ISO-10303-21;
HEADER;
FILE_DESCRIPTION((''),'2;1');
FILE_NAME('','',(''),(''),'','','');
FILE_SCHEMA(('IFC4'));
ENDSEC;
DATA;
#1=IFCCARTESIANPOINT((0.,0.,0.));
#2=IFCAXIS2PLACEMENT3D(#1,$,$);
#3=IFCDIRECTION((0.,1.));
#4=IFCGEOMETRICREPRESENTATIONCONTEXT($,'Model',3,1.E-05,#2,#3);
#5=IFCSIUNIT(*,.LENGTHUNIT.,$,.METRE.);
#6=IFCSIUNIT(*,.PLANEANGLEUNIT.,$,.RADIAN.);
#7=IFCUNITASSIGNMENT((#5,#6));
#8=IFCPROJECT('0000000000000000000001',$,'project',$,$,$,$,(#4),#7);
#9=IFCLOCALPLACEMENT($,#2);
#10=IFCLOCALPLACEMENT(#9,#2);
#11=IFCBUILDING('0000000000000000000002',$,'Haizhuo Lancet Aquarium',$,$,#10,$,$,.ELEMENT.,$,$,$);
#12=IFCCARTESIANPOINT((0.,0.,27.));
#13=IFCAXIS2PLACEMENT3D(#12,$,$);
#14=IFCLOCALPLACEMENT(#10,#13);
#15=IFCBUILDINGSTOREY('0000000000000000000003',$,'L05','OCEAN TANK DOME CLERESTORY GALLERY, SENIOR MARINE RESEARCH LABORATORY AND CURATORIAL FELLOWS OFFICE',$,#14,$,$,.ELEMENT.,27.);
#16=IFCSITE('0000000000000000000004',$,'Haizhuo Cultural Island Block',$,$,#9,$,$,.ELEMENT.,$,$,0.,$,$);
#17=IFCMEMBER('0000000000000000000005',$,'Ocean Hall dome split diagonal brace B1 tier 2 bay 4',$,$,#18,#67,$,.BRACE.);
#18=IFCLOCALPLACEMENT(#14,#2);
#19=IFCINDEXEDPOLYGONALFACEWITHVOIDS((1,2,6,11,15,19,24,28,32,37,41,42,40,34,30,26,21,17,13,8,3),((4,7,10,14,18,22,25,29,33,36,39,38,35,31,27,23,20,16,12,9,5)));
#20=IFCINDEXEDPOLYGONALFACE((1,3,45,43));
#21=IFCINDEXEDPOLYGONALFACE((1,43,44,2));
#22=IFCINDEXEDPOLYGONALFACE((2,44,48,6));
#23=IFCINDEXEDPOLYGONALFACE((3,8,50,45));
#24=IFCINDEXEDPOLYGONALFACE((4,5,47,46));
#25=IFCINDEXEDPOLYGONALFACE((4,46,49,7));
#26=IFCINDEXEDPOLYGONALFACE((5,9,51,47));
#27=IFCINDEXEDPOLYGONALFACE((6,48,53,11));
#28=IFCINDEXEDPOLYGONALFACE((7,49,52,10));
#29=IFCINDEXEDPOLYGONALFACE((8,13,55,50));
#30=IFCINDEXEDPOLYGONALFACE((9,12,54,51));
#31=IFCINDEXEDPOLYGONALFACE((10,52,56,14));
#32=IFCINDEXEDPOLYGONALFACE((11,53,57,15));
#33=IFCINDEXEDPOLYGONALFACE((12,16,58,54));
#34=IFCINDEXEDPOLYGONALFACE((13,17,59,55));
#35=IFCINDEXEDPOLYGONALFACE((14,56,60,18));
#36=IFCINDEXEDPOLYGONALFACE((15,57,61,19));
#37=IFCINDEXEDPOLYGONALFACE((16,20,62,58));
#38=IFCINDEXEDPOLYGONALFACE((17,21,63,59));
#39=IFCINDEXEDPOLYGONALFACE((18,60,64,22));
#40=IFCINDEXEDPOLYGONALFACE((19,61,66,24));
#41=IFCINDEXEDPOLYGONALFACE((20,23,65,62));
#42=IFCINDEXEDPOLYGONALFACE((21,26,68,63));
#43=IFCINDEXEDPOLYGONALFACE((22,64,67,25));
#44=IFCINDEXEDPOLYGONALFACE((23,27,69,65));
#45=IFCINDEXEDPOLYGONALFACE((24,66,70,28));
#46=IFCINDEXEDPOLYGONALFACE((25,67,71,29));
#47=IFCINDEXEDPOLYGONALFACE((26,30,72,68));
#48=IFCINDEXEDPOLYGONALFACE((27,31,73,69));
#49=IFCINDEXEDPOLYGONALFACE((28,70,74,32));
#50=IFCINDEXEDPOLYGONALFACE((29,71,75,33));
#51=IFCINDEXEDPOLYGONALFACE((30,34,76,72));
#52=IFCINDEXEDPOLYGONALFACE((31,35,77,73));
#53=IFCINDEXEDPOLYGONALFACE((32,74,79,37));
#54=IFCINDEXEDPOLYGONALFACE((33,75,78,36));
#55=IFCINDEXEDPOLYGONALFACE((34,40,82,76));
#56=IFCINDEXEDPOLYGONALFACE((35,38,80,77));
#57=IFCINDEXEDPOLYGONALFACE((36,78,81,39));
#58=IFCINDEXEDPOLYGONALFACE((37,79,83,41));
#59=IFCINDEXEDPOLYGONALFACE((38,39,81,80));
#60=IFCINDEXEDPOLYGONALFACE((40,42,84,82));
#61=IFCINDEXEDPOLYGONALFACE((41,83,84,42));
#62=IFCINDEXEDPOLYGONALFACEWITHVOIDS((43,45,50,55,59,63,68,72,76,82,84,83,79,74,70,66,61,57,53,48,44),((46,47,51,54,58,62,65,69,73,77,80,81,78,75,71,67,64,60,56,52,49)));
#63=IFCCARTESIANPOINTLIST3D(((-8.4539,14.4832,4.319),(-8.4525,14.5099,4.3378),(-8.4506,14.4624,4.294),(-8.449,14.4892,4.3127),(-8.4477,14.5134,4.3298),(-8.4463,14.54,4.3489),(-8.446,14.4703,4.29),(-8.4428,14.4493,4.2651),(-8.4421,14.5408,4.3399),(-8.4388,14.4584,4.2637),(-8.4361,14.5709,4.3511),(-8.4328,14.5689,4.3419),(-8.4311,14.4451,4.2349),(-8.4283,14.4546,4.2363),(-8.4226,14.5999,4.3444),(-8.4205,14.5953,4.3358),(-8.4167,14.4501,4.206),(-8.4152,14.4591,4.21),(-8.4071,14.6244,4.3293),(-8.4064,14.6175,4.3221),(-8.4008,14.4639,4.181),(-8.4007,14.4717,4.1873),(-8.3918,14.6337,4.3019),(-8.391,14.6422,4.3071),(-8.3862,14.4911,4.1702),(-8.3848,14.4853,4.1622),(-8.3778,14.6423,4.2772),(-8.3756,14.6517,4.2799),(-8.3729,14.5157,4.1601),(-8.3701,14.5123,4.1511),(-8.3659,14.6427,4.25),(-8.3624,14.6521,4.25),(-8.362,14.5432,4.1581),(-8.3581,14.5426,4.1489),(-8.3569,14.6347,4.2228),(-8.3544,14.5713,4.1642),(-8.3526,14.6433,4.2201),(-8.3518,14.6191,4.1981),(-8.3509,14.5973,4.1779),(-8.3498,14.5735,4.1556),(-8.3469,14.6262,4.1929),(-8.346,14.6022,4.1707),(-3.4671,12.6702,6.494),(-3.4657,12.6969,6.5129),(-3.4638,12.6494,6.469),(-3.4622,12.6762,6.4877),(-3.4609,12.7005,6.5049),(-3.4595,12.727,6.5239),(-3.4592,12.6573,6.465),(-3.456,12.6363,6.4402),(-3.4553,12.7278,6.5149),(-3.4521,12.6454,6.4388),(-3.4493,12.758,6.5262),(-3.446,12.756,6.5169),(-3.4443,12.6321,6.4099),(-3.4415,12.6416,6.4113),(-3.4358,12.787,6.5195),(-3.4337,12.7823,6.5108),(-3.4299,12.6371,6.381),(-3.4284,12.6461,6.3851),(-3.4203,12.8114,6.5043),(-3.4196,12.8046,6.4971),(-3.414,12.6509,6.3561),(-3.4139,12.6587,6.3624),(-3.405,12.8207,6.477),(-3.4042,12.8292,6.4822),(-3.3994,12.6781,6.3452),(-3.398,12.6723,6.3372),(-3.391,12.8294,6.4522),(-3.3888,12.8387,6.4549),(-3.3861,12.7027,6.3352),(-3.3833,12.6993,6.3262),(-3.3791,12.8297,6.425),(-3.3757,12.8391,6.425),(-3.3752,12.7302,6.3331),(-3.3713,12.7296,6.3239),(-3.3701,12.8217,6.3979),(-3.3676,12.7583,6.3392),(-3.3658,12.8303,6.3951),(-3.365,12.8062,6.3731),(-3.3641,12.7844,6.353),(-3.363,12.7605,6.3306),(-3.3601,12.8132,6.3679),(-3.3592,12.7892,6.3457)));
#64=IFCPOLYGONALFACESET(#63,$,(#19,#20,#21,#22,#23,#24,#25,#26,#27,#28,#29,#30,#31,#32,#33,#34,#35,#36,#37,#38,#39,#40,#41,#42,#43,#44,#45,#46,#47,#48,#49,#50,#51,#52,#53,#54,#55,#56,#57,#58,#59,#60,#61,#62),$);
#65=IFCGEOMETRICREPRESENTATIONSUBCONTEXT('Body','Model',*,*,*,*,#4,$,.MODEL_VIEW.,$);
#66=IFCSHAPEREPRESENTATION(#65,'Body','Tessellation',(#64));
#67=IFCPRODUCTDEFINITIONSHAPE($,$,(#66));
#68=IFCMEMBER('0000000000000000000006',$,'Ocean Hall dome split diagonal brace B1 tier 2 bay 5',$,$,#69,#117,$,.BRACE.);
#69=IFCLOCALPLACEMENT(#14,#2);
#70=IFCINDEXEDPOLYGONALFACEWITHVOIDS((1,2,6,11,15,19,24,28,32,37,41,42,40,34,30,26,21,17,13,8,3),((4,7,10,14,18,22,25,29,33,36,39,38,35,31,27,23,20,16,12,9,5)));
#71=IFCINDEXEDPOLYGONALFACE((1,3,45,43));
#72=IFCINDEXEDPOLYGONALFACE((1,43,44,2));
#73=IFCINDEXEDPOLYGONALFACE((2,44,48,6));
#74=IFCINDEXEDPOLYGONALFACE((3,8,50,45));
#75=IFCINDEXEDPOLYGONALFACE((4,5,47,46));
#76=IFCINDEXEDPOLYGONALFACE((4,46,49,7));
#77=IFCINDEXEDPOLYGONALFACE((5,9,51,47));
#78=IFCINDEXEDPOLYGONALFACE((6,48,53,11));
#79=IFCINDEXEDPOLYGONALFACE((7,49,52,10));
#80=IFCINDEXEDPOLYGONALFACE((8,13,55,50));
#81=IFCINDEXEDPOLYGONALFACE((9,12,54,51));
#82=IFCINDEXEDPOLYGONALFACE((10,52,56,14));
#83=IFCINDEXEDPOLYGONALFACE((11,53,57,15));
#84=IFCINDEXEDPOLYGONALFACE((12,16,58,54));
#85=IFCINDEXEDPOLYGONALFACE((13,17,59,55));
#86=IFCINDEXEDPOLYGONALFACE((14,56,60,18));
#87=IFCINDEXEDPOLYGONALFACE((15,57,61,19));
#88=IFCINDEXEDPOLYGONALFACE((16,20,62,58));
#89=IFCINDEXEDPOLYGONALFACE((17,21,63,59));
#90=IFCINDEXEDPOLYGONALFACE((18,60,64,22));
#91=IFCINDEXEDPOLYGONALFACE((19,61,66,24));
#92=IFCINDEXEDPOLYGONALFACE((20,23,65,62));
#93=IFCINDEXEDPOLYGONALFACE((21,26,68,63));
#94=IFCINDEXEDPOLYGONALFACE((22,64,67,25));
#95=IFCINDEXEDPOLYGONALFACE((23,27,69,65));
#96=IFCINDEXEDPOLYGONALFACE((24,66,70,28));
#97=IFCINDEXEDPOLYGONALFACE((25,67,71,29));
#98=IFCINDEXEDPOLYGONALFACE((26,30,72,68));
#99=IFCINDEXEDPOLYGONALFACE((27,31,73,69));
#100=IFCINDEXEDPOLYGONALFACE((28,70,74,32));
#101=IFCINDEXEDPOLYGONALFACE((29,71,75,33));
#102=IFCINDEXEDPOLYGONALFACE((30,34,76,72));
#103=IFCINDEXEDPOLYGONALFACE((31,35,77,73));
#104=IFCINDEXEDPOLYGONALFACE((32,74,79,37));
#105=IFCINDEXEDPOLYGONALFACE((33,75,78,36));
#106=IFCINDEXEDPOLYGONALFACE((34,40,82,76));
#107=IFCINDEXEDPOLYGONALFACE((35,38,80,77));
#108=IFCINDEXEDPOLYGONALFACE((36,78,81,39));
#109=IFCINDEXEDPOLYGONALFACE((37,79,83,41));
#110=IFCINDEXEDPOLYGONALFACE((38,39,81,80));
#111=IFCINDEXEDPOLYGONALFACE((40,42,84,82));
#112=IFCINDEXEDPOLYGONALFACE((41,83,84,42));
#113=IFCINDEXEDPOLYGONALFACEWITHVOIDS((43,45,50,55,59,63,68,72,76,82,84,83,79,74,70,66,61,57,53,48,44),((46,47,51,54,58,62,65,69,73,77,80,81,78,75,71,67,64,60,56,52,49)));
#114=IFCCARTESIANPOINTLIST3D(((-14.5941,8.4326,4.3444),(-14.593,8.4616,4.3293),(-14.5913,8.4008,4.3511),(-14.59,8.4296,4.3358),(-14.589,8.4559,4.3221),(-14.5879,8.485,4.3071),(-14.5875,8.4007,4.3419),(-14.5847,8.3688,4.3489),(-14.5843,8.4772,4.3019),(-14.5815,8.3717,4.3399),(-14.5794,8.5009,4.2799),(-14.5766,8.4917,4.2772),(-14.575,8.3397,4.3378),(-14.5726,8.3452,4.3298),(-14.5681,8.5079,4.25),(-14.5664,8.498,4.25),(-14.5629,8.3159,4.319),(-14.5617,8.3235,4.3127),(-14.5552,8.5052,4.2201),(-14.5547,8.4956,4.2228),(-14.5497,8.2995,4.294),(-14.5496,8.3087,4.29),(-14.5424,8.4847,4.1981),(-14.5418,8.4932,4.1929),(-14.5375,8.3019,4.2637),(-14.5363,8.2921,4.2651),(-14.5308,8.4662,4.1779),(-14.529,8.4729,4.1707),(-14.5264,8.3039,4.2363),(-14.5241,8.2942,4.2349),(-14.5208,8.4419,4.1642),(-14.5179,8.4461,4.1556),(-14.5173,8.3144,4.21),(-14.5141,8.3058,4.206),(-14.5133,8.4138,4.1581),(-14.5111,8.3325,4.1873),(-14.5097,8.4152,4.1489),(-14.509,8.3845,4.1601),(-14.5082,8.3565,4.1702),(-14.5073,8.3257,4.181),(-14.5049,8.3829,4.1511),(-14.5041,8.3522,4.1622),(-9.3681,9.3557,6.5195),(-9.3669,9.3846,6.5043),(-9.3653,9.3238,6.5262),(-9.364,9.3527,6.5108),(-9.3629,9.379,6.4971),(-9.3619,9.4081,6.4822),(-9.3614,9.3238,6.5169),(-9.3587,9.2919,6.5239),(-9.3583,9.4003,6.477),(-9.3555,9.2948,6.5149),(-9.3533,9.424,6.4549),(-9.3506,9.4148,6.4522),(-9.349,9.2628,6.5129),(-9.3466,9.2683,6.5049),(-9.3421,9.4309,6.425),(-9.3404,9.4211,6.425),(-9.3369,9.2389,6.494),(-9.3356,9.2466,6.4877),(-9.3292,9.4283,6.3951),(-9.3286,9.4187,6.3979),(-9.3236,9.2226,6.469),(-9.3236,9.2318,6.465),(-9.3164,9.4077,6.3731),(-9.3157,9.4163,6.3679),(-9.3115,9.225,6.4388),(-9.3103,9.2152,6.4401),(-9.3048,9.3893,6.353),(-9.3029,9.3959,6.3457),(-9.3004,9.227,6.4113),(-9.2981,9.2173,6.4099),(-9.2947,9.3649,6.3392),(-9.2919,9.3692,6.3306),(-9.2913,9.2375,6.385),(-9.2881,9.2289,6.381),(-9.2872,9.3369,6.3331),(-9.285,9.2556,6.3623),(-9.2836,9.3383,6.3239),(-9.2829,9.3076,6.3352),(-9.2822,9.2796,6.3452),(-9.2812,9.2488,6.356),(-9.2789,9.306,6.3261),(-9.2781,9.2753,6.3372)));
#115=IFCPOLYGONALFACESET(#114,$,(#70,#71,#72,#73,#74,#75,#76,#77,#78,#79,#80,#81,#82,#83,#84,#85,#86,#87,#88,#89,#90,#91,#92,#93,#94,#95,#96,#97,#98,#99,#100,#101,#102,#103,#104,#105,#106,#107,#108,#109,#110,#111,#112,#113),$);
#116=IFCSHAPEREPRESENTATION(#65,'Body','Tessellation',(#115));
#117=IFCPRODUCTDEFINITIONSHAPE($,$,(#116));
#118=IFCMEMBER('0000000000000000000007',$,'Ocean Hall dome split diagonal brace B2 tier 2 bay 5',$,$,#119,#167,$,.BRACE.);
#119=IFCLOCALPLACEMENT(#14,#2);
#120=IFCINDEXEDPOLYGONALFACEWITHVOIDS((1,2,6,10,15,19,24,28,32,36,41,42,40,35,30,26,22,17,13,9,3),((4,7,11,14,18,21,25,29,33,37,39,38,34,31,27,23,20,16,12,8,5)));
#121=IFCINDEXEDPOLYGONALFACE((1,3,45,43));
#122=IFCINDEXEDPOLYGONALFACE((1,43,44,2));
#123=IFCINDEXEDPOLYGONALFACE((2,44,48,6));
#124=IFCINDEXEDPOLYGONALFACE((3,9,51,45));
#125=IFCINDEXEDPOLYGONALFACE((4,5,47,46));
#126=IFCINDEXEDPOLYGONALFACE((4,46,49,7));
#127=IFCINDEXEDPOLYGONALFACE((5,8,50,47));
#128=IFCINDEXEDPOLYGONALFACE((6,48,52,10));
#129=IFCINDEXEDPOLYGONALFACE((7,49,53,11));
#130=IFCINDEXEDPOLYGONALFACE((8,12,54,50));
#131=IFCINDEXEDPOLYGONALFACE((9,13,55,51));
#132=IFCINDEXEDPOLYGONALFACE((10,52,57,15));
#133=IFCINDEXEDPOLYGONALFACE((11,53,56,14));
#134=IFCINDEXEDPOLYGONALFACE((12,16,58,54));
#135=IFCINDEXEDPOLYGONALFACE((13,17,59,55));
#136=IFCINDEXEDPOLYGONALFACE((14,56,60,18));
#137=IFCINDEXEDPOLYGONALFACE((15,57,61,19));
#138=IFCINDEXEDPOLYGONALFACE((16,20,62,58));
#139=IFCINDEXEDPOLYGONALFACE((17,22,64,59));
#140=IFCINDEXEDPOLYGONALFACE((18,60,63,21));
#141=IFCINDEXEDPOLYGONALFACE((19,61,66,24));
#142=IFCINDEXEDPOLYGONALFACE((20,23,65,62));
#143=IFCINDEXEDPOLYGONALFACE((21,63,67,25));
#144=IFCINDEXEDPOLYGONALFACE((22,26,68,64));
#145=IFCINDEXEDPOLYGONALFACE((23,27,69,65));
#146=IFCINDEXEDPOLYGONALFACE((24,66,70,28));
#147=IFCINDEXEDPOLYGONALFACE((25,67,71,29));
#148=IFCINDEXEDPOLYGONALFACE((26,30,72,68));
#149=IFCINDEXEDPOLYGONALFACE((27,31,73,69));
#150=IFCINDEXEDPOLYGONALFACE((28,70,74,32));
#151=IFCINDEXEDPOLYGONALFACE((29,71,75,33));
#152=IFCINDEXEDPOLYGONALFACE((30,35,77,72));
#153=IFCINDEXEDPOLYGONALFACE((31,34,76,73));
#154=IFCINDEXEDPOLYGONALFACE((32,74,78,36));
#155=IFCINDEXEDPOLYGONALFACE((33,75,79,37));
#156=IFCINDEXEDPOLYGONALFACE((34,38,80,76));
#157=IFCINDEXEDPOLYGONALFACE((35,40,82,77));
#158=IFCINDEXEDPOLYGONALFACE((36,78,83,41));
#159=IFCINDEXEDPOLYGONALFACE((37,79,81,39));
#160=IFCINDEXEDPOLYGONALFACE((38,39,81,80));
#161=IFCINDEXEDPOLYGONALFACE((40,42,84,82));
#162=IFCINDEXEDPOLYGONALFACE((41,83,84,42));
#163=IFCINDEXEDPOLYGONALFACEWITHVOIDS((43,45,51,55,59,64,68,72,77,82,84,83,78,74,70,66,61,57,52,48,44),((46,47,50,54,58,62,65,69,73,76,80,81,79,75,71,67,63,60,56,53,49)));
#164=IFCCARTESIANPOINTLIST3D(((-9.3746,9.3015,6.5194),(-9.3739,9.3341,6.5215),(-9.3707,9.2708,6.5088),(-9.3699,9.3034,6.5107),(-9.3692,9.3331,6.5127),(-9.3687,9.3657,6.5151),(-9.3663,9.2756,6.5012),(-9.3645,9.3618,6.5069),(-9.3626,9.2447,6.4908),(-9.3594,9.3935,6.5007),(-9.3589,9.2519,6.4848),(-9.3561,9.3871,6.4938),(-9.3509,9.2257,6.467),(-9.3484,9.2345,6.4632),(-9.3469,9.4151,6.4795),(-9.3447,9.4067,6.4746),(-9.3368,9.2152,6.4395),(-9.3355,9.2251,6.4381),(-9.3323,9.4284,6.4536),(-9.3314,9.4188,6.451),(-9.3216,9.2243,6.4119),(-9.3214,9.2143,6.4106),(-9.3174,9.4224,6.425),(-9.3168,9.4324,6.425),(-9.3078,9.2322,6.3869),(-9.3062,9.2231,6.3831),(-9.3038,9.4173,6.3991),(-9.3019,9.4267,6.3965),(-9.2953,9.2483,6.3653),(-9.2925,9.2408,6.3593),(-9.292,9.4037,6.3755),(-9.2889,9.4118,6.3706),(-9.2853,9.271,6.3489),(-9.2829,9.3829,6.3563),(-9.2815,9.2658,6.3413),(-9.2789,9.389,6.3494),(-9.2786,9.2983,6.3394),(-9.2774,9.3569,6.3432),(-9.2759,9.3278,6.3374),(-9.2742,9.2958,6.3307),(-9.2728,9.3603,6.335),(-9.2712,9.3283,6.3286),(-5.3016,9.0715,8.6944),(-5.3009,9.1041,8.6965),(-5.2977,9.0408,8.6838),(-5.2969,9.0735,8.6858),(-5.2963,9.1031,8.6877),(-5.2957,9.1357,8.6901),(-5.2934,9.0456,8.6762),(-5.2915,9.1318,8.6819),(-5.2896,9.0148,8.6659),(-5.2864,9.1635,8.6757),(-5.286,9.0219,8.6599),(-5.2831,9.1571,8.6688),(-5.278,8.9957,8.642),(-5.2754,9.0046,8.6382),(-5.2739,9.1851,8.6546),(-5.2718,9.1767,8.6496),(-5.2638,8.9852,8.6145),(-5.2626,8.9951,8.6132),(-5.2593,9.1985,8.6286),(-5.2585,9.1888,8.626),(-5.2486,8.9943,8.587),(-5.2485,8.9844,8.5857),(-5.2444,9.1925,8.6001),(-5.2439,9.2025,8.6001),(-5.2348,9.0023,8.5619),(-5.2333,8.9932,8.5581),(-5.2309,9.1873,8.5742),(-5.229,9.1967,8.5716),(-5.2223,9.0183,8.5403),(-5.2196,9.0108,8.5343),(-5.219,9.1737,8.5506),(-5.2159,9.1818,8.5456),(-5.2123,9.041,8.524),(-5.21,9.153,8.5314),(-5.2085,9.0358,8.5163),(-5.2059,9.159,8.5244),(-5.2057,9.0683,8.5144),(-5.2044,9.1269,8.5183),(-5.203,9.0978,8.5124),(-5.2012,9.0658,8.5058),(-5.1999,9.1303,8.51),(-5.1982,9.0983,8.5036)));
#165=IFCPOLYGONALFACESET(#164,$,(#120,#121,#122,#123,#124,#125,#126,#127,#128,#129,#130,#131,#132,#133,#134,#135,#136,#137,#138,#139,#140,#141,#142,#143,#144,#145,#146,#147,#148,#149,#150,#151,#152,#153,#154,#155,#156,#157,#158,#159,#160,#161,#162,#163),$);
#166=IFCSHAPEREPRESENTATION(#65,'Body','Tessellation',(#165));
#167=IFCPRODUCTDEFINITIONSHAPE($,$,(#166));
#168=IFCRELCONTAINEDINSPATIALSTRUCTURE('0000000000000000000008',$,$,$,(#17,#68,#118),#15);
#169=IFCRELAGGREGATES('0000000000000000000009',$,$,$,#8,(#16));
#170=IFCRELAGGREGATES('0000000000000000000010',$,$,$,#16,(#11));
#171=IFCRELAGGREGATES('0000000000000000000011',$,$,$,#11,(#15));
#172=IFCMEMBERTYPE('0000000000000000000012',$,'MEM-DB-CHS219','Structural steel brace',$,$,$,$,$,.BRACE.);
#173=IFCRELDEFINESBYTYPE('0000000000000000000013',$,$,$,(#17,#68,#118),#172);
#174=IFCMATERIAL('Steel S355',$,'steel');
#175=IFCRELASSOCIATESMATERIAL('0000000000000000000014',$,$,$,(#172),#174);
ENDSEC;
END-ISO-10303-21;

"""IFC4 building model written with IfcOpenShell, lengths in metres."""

from ifc_helpers import new_model, si_unit, direction, frame, origin, origin_2d, place, context, subcontext, project, spatial, hollow_circle, extrude, material, material_profile, profile_set, type_object, element, save


model = new_model("IFC4")

# Units and contexts
model_context = context("Model", 3, precision=1e-05, world=origin(), true_north=direction((0.0, 1.0)))
body_context = subcontext(model_context, "Body", "Model", "MODEL_VIEW")
ifc_project = project(units=[si_unit("LENGTHUNIT", "METRE"), si_unit("PLANEANGLEUNIT", "RADIAN")], contexts=[model_context])

# Site, building, storey
site_placement = place(None, origin())
site = spatial("IfcSite", under=ifc_project, at=site_placement, Name="Haizhuo Cultural Island Block", CompositionType="ELEMENT", RefElevation=0.0)
building_placement = place(site_placement, origin())
building = spatial("IfcBuilding", under=site, at=building_placement, Name="Haizhuo Lancet Aquarium", CompositionType="ELEMENT")
storey_placement = place(building_placement, frame((0.0, 0.0, 27.0)))
storey = spatial("IfcBuildingStorey", under=building, at=storey_placement, Name="L05", Description="OCEAN TANK DOME CLERESTORY GALLERY, SENIOR MARINE RESEARCH LABORATORY AND CURATORIAL FELLOWS OFFICE", CompositionType="ELEMENT", Elevation=27.0)

# Members
ifc_material_1 = material(Name="Steel S355", Category="steel")
ifc_material_profile_1 = material_profile(ifc_material_1, hollow_circle(Radius=0.1096, WallThickness=0.01, at=origin_2d()), Name="CHS 219x10")
ifc_profile_set_1 = profile_set([ifc_material_profile_1], Name="Steel S355")
member_type_1 = type_object("IfcMemberType", Name="MEM-DB-CHS219", Description="Structural steel brace", PredefinedType="BRACE", material=ifc_profile_set_1)
member_1_placement = place(storey_placement, frame((-8.3999, 14.5491, 4.25), z_axis=(0.869595, -0.316147, 0.379283), x_axis=(0.341677, 0.939818, 0.0)))
element("IfcMember", 1, at=member_1_placement, inside=storey, type_object=member_type_1, Name="Ocean Hall dome split diagonal brace B1 tier 2 bay 4", PredefinedType="BRACE", context=body_context, shape_type="SweptSolid", body=[
    extrude(hollow_circle(Radius=0.1096, WallThickness=0.01, at=origin_2d()), origin(), (0.0, 0.0, 1.0), 5.7346),
])
member_2_placement = place(storey_placement, frame((-14.5491, 8.3999, 4.25), z_axis=(0.911196, 0.160947, 0.379232), x_axis=(-0.17394, 0.984756, 0.0)))
element("IfcMember", 2, at=member_2_placement, inside=storey, type_object=member_type_1, Name="Ocean Hall dome split diagonal brace B1 tier 2 bay 5", PredefinedType="BRACE", context=body_context, shape_type="SweptSolid", body=[
    extrude(hollow_circle(Radius=0.1096, WallThickness=0.01, at=origin_2d()), origin(), (0.0, 0.0, 1.0), 5.7354),
])
member_3_placement = place(storey_placement, frame((-9.323, 9.323, 6.425), z_axis=(0.88101, -0.049746, 0.470474), x_axis=(0.056375, 0.99841, 0.0)))
element("IfcMember", 3, at=member_3_placement, inside=storey, type_object=member_type_1, Name="Ocean Hall dome split diagonal brace B2 tier 2 bay 5", PredefinedType="BRACE", context=body_context, shape_type="SweptSolid", body=[
    extrude(hollow_circle(Radius=0.1096, WallThickness=0.01, at=origin_2d()), origin(), (0.0, 0.0, 1.0), 4.623),
])

save(model, "model.ifc")
